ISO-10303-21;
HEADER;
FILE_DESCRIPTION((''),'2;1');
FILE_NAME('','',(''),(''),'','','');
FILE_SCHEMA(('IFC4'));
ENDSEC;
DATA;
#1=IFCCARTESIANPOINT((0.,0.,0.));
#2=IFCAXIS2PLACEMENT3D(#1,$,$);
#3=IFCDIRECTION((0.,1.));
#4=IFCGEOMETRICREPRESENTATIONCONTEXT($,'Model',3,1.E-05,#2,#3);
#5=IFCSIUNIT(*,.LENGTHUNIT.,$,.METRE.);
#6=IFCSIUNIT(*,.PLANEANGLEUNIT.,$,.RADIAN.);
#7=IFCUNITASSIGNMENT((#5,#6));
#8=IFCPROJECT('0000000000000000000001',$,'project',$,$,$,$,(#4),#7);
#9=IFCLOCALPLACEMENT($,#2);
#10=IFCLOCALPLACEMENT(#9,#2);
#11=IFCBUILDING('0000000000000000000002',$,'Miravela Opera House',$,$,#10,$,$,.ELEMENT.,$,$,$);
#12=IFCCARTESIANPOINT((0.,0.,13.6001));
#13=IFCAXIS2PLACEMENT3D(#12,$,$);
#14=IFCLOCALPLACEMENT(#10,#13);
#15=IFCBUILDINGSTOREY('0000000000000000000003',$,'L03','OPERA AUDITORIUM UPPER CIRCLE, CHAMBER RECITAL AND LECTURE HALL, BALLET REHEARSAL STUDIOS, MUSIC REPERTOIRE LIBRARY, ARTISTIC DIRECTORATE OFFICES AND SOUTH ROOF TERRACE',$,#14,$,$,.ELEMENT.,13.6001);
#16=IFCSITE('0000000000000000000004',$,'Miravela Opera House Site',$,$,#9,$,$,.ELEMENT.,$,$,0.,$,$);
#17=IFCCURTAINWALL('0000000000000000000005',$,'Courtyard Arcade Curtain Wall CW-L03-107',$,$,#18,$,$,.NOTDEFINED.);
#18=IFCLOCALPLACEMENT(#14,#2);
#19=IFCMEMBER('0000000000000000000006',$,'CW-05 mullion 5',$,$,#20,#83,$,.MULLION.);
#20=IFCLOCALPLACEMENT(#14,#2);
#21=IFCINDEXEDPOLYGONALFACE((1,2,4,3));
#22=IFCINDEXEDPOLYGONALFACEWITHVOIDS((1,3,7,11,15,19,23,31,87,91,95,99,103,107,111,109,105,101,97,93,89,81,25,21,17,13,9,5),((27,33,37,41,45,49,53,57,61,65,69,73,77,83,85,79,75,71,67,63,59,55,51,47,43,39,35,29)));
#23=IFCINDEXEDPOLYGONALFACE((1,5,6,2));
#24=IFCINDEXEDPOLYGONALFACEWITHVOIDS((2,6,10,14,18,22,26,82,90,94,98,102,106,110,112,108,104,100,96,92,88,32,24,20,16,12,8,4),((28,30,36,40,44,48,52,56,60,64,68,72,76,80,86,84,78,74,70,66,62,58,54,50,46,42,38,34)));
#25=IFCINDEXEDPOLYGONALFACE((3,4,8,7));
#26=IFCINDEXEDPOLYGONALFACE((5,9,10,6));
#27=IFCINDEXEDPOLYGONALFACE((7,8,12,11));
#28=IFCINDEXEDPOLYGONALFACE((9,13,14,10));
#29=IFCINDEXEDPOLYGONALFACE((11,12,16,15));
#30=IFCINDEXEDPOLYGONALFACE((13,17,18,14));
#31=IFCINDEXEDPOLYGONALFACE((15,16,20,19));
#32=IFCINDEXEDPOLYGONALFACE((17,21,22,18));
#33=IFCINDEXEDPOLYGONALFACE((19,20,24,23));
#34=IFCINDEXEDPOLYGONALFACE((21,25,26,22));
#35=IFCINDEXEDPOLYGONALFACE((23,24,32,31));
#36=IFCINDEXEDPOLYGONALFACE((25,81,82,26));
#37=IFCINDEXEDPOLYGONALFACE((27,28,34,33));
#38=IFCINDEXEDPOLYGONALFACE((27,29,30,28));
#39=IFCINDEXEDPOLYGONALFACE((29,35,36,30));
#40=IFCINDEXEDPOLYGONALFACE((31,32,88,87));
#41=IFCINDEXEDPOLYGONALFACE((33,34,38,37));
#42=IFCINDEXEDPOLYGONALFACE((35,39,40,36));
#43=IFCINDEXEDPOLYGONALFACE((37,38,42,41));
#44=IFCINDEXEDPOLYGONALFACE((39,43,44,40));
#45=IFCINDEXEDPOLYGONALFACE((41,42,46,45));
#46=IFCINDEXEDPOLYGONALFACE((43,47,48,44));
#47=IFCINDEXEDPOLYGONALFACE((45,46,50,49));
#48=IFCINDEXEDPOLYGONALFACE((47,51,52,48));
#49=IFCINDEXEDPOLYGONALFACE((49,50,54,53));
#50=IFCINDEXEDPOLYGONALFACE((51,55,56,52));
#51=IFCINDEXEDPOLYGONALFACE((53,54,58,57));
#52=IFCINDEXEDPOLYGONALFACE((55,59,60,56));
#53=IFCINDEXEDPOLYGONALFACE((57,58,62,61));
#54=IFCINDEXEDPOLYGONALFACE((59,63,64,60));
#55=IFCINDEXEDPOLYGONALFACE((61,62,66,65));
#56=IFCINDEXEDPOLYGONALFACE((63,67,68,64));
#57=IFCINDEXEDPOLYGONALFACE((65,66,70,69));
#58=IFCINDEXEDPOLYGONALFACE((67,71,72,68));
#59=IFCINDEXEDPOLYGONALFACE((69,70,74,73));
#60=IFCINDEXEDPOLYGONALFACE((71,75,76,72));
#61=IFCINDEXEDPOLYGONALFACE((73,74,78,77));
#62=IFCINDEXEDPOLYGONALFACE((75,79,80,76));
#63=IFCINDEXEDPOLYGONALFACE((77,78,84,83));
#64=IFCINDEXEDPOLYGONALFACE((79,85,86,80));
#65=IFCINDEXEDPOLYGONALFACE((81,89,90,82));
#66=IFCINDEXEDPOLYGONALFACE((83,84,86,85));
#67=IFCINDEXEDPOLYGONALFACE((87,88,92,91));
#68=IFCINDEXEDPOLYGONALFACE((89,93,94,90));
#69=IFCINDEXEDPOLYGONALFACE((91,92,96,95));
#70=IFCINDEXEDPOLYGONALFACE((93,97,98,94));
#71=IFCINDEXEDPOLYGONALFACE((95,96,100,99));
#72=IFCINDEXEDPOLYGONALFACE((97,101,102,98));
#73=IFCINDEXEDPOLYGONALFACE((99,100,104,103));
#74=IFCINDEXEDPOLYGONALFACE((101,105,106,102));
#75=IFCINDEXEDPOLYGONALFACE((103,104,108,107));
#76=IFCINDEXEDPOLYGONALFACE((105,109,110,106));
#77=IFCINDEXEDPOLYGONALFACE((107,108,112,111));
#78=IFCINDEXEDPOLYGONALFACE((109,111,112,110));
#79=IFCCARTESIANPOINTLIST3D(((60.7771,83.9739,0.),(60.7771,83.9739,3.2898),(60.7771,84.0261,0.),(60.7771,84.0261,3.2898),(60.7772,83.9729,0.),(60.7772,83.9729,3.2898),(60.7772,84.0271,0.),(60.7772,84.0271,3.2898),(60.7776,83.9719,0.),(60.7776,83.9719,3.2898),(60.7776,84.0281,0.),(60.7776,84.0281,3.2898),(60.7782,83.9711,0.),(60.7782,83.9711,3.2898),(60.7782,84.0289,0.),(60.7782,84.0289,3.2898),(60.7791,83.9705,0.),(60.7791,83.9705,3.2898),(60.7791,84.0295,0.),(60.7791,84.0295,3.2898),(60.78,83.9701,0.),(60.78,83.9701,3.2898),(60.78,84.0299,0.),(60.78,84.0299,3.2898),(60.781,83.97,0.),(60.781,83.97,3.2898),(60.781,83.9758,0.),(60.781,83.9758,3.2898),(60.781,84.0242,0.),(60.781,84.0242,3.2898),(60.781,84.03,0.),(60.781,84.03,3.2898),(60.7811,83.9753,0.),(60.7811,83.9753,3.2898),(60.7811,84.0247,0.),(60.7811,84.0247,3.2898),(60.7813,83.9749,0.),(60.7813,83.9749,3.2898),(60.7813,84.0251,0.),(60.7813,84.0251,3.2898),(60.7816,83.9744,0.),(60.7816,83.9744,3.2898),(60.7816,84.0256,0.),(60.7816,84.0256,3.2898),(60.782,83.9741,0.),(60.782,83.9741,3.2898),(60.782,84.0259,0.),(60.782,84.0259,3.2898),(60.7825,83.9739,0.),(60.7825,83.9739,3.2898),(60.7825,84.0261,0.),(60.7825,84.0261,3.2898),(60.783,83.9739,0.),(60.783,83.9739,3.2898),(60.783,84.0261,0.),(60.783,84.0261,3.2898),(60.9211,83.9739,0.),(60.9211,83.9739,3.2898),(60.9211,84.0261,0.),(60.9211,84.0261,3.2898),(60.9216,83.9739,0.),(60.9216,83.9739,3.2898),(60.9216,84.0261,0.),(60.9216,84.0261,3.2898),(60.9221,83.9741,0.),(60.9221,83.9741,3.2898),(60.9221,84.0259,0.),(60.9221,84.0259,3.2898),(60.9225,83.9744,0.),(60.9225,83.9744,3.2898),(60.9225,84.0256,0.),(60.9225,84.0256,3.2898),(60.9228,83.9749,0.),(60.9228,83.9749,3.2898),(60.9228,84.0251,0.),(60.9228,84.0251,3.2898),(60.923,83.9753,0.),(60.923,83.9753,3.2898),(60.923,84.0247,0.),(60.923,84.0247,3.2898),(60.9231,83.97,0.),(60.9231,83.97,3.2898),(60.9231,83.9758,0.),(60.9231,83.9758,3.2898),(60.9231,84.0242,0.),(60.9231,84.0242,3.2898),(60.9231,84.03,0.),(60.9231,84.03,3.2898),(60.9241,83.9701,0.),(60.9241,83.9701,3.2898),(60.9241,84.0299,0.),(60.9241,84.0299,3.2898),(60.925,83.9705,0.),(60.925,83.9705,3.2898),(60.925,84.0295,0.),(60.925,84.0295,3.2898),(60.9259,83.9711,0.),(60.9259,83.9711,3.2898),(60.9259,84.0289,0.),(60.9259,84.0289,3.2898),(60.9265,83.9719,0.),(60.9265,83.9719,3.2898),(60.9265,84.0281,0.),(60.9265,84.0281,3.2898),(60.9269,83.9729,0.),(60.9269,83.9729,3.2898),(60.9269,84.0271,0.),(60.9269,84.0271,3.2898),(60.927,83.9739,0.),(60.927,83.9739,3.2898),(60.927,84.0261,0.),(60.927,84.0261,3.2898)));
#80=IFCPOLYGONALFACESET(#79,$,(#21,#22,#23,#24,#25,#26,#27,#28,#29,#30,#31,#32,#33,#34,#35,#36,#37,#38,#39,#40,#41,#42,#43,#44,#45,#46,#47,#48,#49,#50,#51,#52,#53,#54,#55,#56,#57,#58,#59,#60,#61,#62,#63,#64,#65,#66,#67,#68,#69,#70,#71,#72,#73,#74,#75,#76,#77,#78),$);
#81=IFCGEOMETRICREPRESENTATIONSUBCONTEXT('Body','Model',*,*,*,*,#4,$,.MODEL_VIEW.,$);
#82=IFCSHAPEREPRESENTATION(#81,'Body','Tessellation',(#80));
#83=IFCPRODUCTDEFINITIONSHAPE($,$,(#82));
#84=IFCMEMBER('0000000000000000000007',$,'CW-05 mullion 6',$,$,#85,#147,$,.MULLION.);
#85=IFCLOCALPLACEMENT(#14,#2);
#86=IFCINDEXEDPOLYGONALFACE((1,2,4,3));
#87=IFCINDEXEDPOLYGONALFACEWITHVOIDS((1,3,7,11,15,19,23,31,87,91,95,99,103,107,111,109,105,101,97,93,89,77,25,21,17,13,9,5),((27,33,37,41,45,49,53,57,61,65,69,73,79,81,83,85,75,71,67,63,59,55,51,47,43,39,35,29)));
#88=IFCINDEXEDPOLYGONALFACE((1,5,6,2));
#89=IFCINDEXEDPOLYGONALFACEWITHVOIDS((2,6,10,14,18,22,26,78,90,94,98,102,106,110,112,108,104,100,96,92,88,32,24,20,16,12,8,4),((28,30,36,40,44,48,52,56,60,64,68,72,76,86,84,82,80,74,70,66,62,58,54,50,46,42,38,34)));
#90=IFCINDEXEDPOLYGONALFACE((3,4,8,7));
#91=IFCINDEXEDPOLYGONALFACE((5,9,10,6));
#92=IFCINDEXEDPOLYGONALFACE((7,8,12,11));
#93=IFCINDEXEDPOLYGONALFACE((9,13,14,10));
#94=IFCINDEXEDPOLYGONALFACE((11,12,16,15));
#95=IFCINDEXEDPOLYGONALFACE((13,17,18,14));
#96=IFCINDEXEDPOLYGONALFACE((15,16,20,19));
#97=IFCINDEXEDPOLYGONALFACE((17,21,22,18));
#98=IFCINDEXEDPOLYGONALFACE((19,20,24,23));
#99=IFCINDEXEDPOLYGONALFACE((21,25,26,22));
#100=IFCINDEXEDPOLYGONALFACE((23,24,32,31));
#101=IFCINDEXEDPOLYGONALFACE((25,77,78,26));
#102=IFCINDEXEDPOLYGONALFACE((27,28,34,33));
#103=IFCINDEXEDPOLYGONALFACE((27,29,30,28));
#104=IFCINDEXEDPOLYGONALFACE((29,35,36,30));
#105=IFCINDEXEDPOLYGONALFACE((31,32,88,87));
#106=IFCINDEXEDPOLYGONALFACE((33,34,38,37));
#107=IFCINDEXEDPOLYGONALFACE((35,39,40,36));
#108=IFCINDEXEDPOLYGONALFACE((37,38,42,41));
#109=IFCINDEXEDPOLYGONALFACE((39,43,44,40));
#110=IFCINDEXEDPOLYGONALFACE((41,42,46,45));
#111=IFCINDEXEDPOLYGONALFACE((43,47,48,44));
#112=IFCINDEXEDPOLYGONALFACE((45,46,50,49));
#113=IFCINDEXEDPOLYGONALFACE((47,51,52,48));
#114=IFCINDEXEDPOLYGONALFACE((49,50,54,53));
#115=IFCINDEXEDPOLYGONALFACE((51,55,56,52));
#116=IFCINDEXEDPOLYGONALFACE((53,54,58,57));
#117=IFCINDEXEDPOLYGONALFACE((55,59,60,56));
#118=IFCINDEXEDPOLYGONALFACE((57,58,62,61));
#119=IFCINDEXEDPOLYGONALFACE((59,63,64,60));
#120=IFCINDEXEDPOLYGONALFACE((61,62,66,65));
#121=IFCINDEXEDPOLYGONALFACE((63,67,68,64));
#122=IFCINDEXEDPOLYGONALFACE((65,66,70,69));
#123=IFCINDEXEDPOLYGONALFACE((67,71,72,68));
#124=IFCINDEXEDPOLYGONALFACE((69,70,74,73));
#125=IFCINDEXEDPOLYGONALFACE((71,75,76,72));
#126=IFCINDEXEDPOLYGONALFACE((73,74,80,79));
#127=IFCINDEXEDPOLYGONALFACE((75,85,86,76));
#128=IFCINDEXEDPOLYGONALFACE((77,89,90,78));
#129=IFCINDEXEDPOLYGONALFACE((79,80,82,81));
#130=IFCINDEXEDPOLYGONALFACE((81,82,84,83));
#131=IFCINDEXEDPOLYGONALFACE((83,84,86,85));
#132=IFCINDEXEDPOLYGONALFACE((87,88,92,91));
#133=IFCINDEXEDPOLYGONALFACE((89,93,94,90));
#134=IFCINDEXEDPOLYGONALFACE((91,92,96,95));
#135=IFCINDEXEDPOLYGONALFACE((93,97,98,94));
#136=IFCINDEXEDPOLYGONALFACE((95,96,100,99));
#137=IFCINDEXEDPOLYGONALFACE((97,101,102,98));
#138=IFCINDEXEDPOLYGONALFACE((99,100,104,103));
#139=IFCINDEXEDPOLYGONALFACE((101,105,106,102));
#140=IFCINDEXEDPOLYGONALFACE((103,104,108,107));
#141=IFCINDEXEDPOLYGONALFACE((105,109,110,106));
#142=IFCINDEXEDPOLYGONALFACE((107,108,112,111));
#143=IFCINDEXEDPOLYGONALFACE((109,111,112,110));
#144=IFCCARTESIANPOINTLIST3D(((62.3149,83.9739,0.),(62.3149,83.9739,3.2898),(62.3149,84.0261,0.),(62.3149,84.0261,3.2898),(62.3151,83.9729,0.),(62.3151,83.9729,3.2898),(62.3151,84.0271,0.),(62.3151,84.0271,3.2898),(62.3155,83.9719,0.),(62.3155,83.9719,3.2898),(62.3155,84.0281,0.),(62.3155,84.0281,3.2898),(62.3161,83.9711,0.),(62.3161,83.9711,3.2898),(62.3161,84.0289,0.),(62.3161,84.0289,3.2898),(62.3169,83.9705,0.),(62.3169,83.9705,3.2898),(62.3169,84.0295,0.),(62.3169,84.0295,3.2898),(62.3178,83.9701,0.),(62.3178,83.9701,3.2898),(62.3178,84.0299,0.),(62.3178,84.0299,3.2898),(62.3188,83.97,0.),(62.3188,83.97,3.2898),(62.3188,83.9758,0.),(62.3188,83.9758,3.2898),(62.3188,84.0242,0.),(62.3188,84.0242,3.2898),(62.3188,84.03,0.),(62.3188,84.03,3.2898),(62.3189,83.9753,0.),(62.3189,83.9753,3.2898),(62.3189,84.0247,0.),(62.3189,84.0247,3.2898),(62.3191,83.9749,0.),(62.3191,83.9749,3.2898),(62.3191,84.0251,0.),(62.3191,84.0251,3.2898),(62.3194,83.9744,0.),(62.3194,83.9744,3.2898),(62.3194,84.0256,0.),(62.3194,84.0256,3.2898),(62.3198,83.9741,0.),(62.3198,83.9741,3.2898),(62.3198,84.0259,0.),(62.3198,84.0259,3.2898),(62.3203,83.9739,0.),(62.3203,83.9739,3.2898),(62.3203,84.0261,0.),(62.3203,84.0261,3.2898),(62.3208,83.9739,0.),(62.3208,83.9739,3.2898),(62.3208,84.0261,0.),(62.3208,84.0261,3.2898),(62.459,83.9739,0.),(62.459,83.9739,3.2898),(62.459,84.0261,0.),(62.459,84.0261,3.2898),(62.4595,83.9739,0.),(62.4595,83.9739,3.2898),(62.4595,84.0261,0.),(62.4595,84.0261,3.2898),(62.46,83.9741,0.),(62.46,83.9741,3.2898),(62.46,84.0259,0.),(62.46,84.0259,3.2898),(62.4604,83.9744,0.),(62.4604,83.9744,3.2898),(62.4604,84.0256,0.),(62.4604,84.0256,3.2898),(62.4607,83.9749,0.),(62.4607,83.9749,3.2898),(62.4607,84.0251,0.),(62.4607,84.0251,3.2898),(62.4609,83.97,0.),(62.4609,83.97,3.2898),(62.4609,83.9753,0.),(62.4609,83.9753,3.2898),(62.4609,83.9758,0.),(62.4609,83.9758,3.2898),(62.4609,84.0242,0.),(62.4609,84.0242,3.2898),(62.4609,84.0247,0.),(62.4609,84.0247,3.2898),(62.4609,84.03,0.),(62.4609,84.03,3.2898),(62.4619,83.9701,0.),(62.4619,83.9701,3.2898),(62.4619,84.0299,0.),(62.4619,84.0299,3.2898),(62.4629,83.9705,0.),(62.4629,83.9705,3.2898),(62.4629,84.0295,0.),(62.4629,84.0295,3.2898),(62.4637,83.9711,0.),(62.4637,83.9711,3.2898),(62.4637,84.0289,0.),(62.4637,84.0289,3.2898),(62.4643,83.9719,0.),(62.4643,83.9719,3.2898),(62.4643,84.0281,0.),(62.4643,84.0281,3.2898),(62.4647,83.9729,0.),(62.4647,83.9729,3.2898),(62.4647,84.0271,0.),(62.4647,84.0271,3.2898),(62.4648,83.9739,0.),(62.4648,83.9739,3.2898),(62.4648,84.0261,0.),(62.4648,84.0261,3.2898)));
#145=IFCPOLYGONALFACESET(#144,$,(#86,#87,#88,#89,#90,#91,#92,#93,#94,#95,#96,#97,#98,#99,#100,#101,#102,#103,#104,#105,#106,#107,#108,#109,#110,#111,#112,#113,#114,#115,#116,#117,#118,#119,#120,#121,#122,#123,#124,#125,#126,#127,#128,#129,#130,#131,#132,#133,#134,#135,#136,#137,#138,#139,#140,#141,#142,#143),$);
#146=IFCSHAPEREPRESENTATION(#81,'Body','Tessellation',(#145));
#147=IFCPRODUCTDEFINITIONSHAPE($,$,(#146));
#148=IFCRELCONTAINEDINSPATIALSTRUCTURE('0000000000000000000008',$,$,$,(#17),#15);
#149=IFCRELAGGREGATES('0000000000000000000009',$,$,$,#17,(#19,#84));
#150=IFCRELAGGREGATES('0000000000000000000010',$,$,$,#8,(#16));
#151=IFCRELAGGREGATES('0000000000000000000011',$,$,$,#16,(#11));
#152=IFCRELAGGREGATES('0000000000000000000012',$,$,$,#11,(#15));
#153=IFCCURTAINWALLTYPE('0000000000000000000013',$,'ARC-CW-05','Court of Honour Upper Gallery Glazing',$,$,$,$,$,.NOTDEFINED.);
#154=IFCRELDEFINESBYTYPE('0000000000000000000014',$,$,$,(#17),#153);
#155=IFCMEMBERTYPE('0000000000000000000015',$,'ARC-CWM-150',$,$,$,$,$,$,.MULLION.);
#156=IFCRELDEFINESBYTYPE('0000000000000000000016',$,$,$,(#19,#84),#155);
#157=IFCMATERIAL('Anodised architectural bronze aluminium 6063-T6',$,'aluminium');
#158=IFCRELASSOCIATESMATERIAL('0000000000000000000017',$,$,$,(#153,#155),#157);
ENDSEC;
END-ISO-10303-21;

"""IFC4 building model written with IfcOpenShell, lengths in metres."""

from ifc_helpers import new_model, si_unit, direction, frame, origin, origin_2d, place, context, subcontext, project, spatial, hollow_rectangle, extrude, material, material_profile, profile_set, type_object, element, aggregate, save


model = new_model("IFC4")

# Units and contexts
model_context = context("Model", 3, precision=1e-05, world=origin(), true_north=direction((0.0, 1.0)))
body_context = subcontext(model_context, "Body", "Model", "MODEL_VIEW")
ifc_project = project(units=[si_unit("LENGTHUNIT", "METRE"), si_unit("PLANEANGLEUNIT", "RADIAN")], contexts=[model_context])

# Site, building, storey
site_placement = place(None, origin())
site = spatial("IfcSite", under=ifc_project, at=site_placement, Name="Miravela Opera House Site", CompositionType="ELEMENT", RefElevation=0.0)
building_placement = place(site_placement, origin())
building = spatial("IfcBuilding", under=site, at=building_placement, Name="Miravela Opera House", CompositionType="ELEMENT")
storey_placement = place(building_placement, frame((0.0, 0.0, 13.6001)))
storey = spatial("IfcBuildingStorey", under=building, at=storey_placement, Name="L03", Description="OPERA AUDITORIUM UPPER CIRCLE, CHAMBER RECITAL AND LECTURE HALL, BALLET REHEARSAL STUDIOS, MUSIC REPERTOIRE LIBRARY, ARTISTIC DIRECTORATE OFFICES AND SOUTH ROOF TERRACE", CompositionType="ELEMENT", Elevation=13.6001)

# Curtain wall, members
ifc_material_1 = material(Name="Anodised architectural bronze aluminium 6063-T6", Category="aluminium")
curtain_wall_type = type_object("IfcCurtainWallType", Name="ARC-CW-05", Description="Court of Honour Upper Gallery Glazing", PredefinedType="NOTDEFINED", material=ifc_material_1)
curtain_wall_1_placement = place(storey_placement, origin())
curtain_wall_1 = element("IfcCurtainWall", 1, at=curtain_wall_1_placement, inside=storey, type_object=curtain_wall_type, Name="Courtyard Arcade Curtain Wall CW-L03-107", PredefinedType="NOTDEFINED")
ifc_material_profile_1 = material_profile(ifc_material_1, hollow_rectangle(XDim=0.0601, YDim=0.1499, WallThickness=0.0039, InnerFilletRadius=0.002, OuterFilletRadius=0.0039, at=origin_2d()), Name="CWM-60X150")
ifc_profile_set_1 = profile_set([ifc_material_profile_1])
member_type_1 = type_object("IfcMemberType", Name="ARC-CWM-150", PredefinedType="MULLION", material=ifc_profile_set_1)
member_1_placement = place(storey_placement, frame((60.8521, 84.0, 0.0), z_axis=(0.0, 0.0, 1.0), x_axis=(0.0, 1.0, 0.0)))
member_1 = element("IfcMember", 2, at=member_1_placement, type_object=member_type_1, Name="CW-05 mullion 5", PredefinedType="MULLION", context=body_context, shape_type="SweptSolid", body=[
    extrude(hollow_rectangle(XDim=0.0601, YDim=0.1499, WallThickness=0.0039, InnerFilletRadius=0.002, OuterFilletRadius=0.0039, at=origin_2d()), origin(), (0.0, 0.0, 1.0), 3.2898),
])
member_2_placement = place(storey_placement, frame((62.3899, 84.0, 0.0), z_axis=(0.0, 0.0, 1.0), x_axis=(0.0, 1.0, 0.0)))
member_2 = element("IfcMember", 3, at=member_2_placement, type_object=member_type_1, Name="CW-05 mullion 6", PredefinedType="MULLION", context=body_context, shape_type="SweptSolid", body=[
    extrude(hollow_rectangle(XDim=0.0601, YDim=0.1499, WallThickness=0.0039, InnerFilletRadius=0.002, OuterFilletRadius=0.0039, at=origin_2d()), origin(), (0.0, 0.0, 1.0), 3.2898),
])

aggregate(curtain_wall_1, [member_1, member_2])

save(model, "model.ifc")
